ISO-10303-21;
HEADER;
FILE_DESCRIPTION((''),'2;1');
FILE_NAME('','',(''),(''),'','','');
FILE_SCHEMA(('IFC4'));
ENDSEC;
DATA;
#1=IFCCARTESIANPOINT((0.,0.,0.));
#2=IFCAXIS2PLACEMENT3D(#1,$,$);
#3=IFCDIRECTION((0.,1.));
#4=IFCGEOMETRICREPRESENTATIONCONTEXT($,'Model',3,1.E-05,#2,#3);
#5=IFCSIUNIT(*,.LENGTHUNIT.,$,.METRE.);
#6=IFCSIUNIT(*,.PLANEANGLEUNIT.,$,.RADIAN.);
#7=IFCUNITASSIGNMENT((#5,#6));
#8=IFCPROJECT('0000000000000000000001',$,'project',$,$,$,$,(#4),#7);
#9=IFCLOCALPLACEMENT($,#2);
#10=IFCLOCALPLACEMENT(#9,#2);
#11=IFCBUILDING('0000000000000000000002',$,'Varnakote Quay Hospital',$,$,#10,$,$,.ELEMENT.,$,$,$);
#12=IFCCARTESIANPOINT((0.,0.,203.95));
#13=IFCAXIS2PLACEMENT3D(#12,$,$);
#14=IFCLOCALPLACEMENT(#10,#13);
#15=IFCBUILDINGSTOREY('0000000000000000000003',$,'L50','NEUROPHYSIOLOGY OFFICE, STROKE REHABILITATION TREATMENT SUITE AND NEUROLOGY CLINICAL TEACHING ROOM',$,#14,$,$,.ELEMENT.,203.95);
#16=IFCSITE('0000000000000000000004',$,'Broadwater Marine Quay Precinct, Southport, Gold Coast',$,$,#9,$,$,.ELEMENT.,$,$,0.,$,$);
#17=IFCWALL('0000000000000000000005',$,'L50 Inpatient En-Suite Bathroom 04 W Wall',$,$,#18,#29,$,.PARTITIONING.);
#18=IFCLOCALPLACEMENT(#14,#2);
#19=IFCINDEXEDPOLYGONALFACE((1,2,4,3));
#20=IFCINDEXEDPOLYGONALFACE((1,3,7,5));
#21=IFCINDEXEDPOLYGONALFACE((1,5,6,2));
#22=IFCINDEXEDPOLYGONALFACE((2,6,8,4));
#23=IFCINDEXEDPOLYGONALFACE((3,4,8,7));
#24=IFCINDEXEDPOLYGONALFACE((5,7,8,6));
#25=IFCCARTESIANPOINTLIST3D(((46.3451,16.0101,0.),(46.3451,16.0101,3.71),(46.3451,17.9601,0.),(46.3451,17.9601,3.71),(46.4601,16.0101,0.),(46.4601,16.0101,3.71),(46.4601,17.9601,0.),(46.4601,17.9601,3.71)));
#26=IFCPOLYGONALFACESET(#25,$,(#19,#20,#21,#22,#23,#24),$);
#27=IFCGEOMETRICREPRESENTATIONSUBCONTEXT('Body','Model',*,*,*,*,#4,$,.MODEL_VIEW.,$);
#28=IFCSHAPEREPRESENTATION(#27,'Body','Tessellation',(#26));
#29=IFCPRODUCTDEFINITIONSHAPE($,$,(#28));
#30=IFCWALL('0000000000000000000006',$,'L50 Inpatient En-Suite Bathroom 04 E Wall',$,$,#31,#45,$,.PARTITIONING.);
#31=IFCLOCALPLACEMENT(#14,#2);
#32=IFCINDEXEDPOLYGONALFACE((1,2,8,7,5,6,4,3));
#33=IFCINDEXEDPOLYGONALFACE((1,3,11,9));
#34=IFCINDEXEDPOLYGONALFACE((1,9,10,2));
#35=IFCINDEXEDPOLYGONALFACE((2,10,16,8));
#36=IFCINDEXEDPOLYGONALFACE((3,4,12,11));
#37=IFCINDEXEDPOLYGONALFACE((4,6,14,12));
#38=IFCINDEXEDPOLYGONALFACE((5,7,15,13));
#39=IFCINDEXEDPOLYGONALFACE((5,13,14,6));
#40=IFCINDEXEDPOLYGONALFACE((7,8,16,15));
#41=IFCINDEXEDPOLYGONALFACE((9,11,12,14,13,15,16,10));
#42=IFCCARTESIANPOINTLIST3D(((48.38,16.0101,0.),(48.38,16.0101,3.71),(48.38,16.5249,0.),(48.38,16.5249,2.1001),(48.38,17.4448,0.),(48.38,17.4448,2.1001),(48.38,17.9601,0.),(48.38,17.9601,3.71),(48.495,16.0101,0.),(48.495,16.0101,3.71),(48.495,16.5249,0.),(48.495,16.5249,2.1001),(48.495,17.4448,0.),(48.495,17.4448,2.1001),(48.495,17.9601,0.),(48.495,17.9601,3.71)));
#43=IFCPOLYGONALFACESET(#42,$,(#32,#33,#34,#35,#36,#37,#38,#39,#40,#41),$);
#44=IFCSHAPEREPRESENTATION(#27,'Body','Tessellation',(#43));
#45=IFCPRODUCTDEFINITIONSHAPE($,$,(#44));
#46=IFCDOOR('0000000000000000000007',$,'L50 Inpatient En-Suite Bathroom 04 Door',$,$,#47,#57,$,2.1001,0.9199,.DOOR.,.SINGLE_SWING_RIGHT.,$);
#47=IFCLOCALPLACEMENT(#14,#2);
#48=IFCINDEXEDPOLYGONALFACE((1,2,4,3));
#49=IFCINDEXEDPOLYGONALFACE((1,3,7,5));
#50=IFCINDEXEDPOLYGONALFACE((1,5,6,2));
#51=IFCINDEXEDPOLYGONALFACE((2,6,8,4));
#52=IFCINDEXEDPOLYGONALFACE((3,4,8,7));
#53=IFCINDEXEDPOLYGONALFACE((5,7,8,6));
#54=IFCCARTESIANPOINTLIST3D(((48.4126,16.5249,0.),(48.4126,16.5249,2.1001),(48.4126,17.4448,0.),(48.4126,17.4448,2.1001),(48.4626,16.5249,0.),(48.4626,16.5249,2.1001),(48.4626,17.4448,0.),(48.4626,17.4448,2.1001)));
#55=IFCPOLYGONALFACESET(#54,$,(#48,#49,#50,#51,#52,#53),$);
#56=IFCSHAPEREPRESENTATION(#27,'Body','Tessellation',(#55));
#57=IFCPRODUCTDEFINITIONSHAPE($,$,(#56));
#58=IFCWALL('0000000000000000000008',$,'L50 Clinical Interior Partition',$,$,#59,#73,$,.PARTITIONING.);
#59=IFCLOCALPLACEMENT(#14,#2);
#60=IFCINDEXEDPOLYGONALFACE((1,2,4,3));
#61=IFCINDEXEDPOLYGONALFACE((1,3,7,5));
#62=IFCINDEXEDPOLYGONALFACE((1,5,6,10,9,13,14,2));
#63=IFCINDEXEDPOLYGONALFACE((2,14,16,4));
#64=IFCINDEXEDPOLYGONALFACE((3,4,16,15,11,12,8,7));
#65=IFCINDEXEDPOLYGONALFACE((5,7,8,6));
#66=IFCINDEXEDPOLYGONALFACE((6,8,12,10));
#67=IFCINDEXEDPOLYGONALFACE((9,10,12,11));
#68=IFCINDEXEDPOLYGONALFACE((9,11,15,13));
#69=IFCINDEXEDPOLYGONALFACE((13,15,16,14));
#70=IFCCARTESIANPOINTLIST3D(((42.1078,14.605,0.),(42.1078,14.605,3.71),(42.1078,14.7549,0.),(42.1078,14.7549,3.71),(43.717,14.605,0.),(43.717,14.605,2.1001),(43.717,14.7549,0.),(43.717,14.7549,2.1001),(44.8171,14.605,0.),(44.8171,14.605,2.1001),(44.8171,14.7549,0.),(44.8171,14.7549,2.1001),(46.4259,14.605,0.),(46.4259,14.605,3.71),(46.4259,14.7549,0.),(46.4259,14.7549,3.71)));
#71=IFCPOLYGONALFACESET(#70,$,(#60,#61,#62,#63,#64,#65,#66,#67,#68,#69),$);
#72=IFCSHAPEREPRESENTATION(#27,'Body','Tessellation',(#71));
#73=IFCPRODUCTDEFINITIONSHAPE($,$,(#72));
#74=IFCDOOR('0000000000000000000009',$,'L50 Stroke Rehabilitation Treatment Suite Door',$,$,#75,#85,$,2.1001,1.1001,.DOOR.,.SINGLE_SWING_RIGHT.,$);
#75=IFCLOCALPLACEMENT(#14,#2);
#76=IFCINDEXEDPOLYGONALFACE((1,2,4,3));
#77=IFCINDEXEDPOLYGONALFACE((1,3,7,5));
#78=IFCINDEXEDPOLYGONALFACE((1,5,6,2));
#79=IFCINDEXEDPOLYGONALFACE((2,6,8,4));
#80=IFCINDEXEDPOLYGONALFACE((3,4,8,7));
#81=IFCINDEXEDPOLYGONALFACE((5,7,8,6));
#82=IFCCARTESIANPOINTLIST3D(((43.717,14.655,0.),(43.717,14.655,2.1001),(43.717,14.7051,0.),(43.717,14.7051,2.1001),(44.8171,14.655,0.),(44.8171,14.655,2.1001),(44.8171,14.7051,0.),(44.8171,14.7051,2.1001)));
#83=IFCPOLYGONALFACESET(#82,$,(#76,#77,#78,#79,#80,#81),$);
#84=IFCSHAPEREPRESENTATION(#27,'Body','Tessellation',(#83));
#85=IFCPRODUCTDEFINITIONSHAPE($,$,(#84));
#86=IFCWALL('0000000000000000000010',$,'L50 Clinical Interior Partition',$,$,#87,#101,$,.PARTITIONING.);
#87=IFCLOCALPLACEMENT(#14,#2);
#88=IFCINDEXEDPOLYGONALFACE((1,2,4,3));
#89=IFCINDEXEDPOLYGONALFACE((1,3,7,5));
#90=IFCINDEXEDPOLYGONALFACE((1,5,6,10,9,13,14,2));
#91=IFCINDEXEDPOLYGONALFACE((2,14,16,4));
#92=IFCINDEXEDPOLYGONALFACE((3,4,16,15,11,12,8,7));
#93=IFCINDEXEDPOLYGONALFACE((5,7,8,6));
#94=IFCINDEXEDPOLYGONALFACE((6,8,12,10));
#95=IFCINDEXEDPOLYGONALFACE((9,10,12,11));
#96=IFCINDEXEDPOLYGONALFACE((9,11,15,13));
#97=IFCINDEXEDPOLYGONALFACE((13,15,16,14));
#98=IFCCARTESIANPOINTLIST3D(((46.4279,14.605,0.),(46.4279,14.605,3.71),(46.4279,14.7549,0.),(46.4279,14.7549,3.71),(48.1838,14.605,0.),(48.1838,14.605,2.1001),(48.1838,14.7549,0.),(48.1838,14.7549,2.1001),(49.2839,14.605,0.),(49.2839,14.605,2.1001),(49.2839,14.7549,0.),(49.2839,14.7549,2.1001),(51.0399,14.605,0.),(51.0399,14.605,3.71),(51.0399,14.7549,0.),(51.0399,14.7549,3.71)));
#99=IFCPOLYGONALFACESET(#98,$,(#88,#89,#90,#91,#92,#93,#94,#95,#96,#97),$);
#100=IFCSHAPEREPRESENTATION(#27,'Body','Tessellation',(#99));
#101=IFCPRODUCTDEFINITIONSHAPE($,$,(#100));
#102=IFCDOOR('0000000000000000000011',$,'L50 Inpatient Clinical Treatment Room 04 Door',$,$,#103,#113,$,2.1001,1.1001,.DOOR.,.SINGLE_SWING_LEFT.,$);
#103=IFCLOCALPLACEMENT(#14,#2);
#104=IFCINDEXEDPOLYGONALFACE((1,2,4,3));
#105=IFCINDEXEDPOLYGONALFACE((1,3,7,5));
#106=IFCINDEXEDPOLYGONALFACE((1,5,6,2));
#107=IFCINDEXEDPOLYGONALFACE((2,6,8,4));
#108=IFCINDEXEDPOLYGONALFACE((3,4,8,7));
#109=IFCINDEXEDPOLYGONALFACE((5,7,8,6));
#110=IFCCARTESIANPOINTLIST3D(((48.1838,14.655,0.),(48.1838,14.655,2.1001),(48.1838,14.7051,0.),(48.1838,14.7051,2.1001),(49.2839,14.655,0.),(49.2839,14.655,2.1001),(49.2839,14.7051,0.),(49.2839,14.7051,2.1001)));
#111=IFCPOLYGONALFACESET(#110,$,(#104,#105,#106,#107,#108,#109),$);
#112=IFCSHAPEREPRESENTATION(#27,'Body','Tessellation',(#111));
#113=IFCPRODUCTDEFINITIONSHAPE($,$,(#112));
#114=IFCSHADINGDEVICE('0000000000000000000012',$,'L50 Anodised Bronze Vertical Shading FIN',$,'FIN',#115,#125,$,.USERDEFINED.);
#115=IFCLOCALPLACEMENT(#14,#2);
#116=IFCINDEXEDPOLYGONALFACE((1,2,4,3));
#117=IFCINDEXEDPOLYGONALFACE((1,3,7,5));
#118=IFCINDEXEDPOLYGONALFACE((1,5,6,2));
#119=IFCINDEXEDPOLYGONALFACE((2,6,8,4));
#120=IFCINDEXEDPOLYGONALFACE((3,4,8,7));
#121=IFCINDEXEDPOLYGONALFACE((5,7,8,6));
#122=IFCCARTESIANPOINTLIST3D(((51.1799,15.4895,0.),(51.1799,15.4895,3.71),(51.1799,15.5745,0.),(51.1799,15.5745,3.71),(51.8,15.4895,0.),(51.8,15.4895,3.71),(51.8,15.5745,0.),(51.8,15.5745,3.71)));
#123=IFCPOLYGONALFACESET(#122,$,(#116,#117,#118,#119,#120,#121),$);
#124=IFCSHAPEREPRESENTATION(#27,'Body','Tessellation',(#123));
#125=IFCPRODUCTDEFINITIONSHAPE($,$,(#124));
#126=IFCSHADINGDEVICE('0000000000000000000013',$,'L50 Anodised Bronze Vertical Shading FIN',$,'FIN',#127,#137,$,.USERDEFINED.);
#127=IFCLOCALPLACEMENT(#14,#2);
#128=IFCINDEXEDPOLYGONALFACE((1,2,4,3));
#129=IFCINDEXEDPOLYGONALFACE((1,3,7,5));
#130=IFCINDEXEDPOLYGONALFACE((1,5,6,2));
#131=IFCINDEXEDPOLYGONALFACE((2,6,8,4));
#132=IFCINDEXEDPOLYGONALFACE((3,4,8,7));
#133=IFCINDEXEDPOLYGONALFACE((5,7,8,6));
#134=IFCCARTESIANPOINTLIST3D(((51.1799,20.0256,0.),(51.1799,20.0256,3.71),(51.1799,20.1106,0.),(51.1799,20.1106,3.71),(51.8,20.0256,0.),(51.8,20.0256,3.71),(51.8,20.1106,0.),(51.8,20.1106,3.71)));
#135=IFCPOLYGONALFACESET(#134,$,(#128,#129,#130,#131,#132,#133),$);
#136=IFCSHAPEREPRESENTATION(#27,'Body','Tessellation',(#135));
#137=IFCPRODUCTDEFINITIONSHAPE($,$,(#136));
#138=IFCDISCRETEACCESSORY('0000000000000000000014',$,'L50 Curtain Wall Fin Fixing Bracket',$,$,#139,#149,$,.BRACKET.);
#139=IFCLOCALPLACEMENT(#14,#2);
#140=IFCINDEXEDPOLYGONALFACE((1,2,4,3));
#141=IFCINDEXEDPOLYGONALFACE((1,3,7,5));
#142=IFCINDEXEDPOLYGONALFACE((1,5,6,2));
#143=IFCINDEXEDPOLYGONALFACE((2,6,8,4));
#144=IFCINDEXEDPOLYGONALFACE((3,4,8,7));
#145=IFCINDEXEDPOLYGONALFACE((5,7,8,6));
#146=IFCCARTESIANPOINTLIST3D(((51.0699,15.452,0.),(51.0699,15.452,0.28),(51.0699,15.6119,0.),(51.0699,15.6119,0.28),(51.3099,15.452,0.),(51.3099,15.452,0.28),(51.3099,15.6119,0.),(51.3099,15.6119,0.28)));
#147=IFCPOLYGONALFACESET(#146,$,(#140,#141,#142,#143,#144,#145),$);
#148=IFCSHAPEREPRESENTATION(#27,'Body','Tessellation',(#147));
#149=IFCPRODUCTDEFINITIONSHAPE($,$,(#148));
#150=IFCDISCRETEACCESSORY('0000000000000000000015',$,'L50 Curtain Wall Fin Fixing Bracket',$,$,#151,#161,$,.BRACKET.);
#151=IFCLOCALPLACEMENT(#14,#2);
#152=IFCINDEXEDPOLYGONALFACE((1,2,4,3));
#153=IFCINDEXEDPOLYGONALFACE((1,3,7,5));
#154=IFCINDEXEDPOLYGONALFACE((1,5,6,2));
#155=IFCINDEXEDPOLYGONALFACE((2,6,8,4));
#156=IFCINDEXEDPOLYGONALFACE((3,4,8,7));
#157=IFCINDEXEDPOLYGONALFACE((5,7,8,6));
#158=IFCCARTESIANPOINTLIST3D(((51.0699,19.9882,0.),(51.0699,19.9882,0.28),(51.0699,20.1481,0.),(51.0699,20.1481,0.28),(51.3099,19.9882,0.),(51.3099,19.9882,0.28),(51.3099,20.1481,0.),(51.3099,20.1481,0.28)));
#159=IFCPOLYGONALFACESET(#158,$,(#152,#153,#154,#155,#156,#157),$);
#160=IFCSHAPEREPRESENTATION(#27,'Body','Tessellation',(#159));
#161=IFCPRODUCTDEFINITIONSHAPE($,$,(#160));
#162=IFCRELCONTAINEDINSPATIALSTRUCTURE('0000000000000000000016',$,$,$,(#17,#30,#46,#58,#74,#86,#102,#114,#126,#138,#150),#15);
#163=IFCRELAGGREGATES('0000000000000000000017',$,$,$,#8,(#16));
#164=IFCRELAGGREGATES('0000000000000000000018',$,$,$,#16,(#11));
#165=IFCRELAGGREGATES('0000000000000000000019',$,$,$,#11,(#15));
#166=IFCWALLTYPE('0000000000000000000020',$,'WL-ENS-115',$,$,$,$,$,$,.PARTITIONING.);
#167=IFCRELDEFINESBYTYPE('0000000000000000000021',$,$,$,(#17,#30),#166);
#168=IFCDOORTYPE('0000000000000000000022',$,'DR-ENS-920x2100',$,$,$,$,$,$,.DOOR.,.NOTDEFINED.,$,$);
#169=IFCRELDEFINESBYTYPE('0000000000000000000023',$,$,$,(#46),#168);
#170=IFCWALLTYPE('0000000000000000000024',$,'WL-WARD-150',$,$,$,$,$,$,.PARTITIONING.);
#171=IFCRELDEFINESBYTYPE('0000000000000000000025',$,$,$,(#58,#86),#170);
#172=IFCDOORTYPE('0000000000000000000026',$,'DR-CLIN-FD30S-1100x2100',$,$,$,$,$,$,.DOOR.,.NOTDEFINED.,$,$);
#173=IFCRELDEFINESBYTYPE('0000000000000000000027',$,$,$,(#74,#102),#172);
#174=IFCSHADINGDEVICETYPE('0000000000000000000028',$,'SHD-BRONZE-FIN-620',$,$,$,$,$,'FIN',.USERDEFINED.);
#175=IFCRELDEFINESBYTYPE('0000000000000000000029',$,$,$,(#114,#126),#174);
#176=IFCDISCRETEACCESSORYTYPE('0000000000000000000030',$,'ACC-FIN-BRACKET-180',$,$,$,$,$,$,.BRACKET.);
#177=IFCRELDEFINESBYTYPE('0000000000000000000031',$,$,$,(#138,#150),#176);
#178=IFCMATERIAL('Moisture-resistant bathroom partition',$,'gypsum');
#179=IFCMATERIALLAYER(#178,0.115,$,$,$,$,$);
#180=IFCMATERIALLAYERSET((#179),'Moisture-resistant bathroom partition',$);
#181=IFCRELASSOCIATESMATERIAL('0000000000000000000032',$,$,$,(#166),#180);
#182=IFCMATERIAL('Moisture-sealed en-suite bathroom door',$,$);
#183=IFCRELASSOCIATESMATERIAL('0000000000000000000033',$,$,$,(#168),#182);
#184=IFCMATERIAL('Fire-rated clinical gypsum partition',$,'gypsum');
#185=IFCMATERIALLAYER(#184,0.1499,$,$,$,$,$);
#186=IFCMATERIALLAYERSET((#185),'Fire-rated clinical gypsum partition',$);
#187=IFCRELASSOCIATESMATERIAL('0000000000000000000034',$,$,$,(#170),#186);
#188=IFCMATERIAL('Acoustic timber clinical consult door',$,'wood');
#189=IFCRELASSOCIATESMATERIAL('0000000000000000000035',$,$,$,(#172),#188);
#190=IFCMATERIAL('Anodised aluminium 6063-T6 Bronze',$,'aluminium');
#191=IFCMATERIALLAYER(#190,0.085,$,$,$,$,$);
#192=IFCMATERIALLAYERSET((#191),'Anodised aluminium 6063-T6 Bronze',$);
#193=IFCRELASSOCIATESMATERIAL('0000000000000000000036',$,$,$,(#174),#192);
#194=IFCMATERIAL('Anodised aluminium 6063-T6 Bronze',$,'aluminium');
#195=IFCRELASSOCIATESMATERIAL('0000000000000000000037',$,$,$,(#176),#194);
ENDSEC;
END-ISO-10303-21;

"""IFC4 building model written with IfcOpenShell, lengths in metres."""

from ifc_helpers import new_model, si_unit, direction, frame, frame_2d, origin, origin_2d, place, context, subcontext, project, spatial, rectangle, extrude, material, layer, layer_set, type_object, element, fill, save


model = new_model("IFC4")

# Units and contexts
model_context = context("Model", 3, precision=1e-05, world=origin(), true_north=direction((0.0, 1.0)))
body_context = subcontext(model_context, "Body", "Model", "MODEL_VIEW")
ifc_project = project(units=[si_unit("LENGTHUNIT", "METRE"), si_unit("PLANEANGLEUNIT", "RADIAN")], contexts=[model_context])

# Site, building, storey
site_placement = place(None, origin())
site = spatial("IfcSite", under=ifc_project, at=site_placement, Name="Broadwater Marine Quay Precinct, Southport, Gold Coast", CompositionType="ELEMENT", RefElevation=0.0)
building_placement = place(site_placement, origin())
building = spatial("IfcBuilding", under=site, at=building_placement, Name="Varnakote Quay Hospital", CompositionType="ELEMENT")
storey_placement = place(building_placement, frame((0.0, 0.0, 203.95)))
storey = spatial("IfcBuildingStorey", under=building, at=storey_placement, Name="L50", Description="NEUROPHYSIOLOGY OFFICE, STROKE REHABILITATION TREATMENT SUITE AND NEUROLOGY CLINICAL TEACHING ROOM", CompositionType="ELEMENT", Elevation=203.95)

# Wall
ifc_material_1 = material(Name="Moisture-resistant bathroom partition", Category="gypsum")
ifc_layer_1 = layer(ifc_material_1, 0.115)
ifc_layer_set_1 = layer_set([ifc_layer_1], Name="Moisture-resistant bathroom partition")
wall_type_1 = type_object("IfcWallType", Name="WL-ENS-115", PredefinedType="PARTITIONING", material=ifc_layer_set_1)
wall_1_placement = place(storey_placement, frame((46.4026, 16.01, 0.0), z_axis=(0.0, 0.0, 1.0), x_axis=(0.0, 1.0, 0.0)))
element("IfcWall", 1, at=wall_1_placement, inside=storey, type_object=wall_type_1, Name="L50 Inpatient En-Suite Bathroom 04 W Wall", PredefinedType="PARTITIONING", context=body_context, shape_type="SweptSolid", body=[
    extrude(rectangle(XDim=1.95, YDim=0.115, at=frame_2d((0.9751, 0.0))), origin(), (0.0, 0.0, 1.0), 3.71),
])

# Walls, openings, doors
wall_2_placement = place(storey_placement, frame((48.4375, 16.01, 0.0), z_axis=(0.0, 0.0, 1.0), x_axis=(0.0, 1.0, 0.0)))
wall_2 = element("IfcWall", 2, at=wall_2_placement, inside=storey, type_object=wall_type_1, Name="L50 Inpatient En-Suite Bathroom 04 E Wall", PredefinedType="PARTITIONING", context=body_context, shape_type="SweptSolid", body=[
    extrude(rectangle(XDim=1.95, YDim=0.115, at=frame_2d((0.9751, 0.0))), origin(), (0.0, 0.0, 1.0), 3.71),
])
opening_1_placement = place(wall_2_placement, frame((0.5149, 0.0, 0.0)))
opening_1 = element("IfcOpeningElement", 3, at=opening_1_placement, cuts=wall_2, PredefinedType="OPENING", context=body_context, shape_type="SweptSolid", body=[
    extrude(rectangle(XDim=0.9199, YDim=2.1001, at=frame_2d((0.46, 1.05))), frame((0.0, 0.0674, 0.0), z_axis=(0.0, -1.0, 0.0), x_axis=(1.0, 0.0, 0.0)), (0.0, 0.0, 1.0), 0.135),
])
ifc_material_2 = material(Name="Moisture-sealed en-suite bathroom door")
door_type_1 = type_object("IfcDoorType", Name="DR-ENS-920x2100", OperationType="NOTDEFINED", PredefinedType="DOOR", material=ifc_material_2)
door_1_placement = place(opening_1_placement, origin())
door_1 = element("IfcDoor", 4, at=door_1_placement, inside=storey, type_object=door_type_1, Name="L50 Inpatient En-Suite Bathroom 04 Door", OperationType="SINGLE_SWING_RIGHT", OverallHeight=2.1001, OverallWidth=0.9199, PredefinedType="DOOR", context=body_context, shape_type="SweptSolid", body=[
    extrude(rectangle(XDim=0.9199, YDim=2.1001, at=frame_2d((0.46, 1.05))), frame((0.0, 0.0249, 0.0), z_axis=(0.0, -1.0, 0.0), x_axis=(1.0, 0.0, 0.0)), (0.0, 0.0, 1.0), 0.05),
])
fill(opening_1, door_1)
ifc_material_3 = material(Name="Fire-rated clinical gypsum partition", Category="gypsum")
ifc_layer_2 = layer(ifc_material_3, 0.1499)
ifc_layer_set_2 = layer_set([ifc_layer_2], Name="Fire-rated clinical gypsum partition")
wall_type_2 = type_object("IfcWallType", Name="WL-WARD-150", PredefinedType="PARTITIONING", material=ifc_layer_set_2)
wall_3_placement = place(storey_placement, frame((46.426, 14.6799, 0.0), z_axis=(0.0, 0.0, 1.0), x_axis=(-1.0, 0.0, 0.0)))
wall_3 = element("IfcWall", 5, at=wall_3_placement, inside=storey, type_object=wall_type_2, Name="L50 Clinical Interior Partition", PredefinedType="PARTITIONING", context=body_context, shape_type="SweptSolid", body=[
    extrude(rectangle(XDim=4.3181, YDim=0.1499, at=frame_2d((2.1592, 0.0))), origin(), (0.0, 0.0, 1.0), 3.71),
])
opening_2_placement = place(wall_3_placement, frame((1.6089, 0.0, 0.0)))
opening_2 = element("IfcOpeningElement", 6, at=opening_2_placement, cuts=wall_3, PredefinedType="OPENING", context=body_context, shape_type="SweptSolid", body=[
    extrude(rectangle(XDim=1.1001, YDim=2.1001, at=frame_2d((0.55, 1.05))), frame((0.0, 0.085, 0.0), z_axis=(0.0, -1.0, 0.0), x_axis=(1.0, 0.0, 0.0)), (0.0, 0.0, 1.0), 0.1699),
])
ifc_material_4 = material(Name="Acoustic timber clinical consult door", Category="wood")
door_type_2 = type_object("IfcDoorType", Name="DR-CLIN-FD30S-1100x2100", OperationType="NOTDEFINED", PredefinedType="DOOR", material=ifc_material_4)
door_2_placement = place(opening_2_placement, origin())
door_2 = element("IfcDoor", 7, at=door_2_placement, inside=storey, type_object=door_type_2, Name="L50 Stroke Rehabilitation Treatment Suite Door", OperationType="SINGLE_SWING_RIGHT", OverallHeight=2.1001, OverallWidth=1.1001, PredefinedType="DOOR", context=body_context, shape_type="SweptSolid", body=[
    extrude(rectangle(XDim=1.1001, YDim=2.1001, at=frame_2d((0.55, 1.05))), frame((0.0, 0.0249, 0.0), z_axis=(0.0, -1.0, 0.0), x_axis=(1.0, 0.0, 0.0)), (0.0, 0.0, 1.0), 0.05),
])
fill(opening_2, door_2)
wall_4_placement = place(storey_placement, frame((51.04, 14.6799, 0.0), z_axis=(0.0, 0.0, 1.0), x_axis=(-1.0, 0.0, 0.0)))
wall_4 = element("IfcWall", 8, at=wall_4_placement, inside=storey, type_object=wall_type_2, Name="L50 Clinical Interior Partition", PredefinedType="PARTITIONING", context=body_context, shape_type="SweptSolid", body=[
    extrude(rectangle(XDim=4.6121, YDim=0.1499, at=frame_2d((2.3062, 0.0))), origin(), (0.0, 0.0, 1.0), 3.71),
])
opening_3_placement = place(wall_4_placement, frame((1.7561, 0.0, 0.0)))
opening_3 = element("IfcOpeningElement", 9, at=opening_3_placement, cuts=wall_4, PredefinedType="OPENING", context=body_context, shape_type="SweptSolid", body=[
    extrude(rectangle(XDim=1.1001, YDim=2.1001, at=frame_2d((0.55, 1.05))), frame((0.0, 0.085, 0.0), z_axis=(0.0, -1.0, 0.0), x_axis=(1.0, 0.0, 0.0)), (0.0, 0.0, 1.0), 0.1699),
])
door_3_placement = place(opening_3_placement, origin())
door_3 = element("IfcDoor", 10, at=door_3_placement, inside=storey, type_object=door_type_2, Name="L50 Inpatient Clinical Treatment Room 04 Door", OperationType="SINGLE_SWING_LEFT", OverallHeight=2.1001, OverallWidth=1.1001, PredefinedType="DOOR", context=body_context, shape_type="SweptSolid", body=[
    extrude(rectangle(XDim=1.1001, YDim=2.1001, at=frame_2d((0.55, 1.05))), frame((0.0, 0.0249, 0.0), z_axis=(0.0, -1.0, 0.0), x_axis=(1.0, 0.0, 0.0)), (0.0, 0.0, 1.0), 0.05),
])
fill(opening_3, door_3)

# Shading devices
ifc_material_5 = material(Name="Anodised aluminium 6063-T6 Bronze", Category="aluminium")
ifc_layer_3 = layer(ifc_material_5, 0.085)
ifc_layer_set_3 = layer_set([ifc_layer_3], Name="Anodised aluminium 6063-T6 Bronze")
shading_device_type = type_object("IfcShadingDeviceType", Name="SHD-BRONZE-FIN-620", ElementType="FIN", PredefinedType="USERDEFINED", material=ifc_layer_set_3)
for number, where, z_axis, x_axis, name in (
    (11, (51.49, 15.532, 0.0), (0.0, 0.0, 1.0), (-1.0, 0.0, 0.0), "L50 Anodised Bronze Vertical Shading FIN"),
    (12, (51.49, 20.0681, 0.0), (0.0, 0.0, 1.0), (-1.0, 0.0, 0.0), "L50 Anodised Bronze Vertical Shading FIN"),
):
    element("IfcShadingDevice", number, at=place(storey_placement, frame(where, z_axis=z_axis, x_axis=x_axis)), inside=storey, type_object=shading_device_type, Name=name, ObjectType="FIN", PredefinedType="USERDEFINED", context=body_context, shape_type="SweptSolid", body=[
        extrude(rectangle(XDim=0.6201, YDim=0.085, at=origin_2d()), origin(), (0.0, 0.0, 1.0), 3.71),
    ])

# Discrete accessories
ifc_material_6 = material(Name="Anodised aluminium 6063-T6 Bronze", Category="aluminium")
discrete_accessory_type = type_object("IfcDiscreteAccessoryType", Name="ACC-FIN-BRACKET-180", PredefinedType="BRACKET", material=ifc_material_6)
for number, where, z_axis, x_axis, name in (
    (13, (51.1899, 15.532, 0.0), (0.0, 0.0, 1.0), (0.0, 1.0, 0.0), "L50 Curtain Wall Fin Fixing Bracket"),
    (14, (51.1899, 20.0681, 0.0), (0.0, 0.0, 1.0), (0.0, 1.0, 0.0), "L50 Curtain Wall Fin Fixing Bracket"),
):
    element("IfcDiscreteAccessory", number, at=place(storey_placement, frame(where, z_axis=z_axis, x_axis=x_axis)), inside=storey, type_object=discrete_accessory_type, Name=name, PredefinedType="BRACKET", context=body_context, shape_type="SweptSolid", body=[
        extrude(rectangle(XDim=0.1599, YDim=0.24, at=origin_2d()), origin(), (0.0, 0.0, 1.0), 0.28),
    ])

save(model, "model.ifc")
